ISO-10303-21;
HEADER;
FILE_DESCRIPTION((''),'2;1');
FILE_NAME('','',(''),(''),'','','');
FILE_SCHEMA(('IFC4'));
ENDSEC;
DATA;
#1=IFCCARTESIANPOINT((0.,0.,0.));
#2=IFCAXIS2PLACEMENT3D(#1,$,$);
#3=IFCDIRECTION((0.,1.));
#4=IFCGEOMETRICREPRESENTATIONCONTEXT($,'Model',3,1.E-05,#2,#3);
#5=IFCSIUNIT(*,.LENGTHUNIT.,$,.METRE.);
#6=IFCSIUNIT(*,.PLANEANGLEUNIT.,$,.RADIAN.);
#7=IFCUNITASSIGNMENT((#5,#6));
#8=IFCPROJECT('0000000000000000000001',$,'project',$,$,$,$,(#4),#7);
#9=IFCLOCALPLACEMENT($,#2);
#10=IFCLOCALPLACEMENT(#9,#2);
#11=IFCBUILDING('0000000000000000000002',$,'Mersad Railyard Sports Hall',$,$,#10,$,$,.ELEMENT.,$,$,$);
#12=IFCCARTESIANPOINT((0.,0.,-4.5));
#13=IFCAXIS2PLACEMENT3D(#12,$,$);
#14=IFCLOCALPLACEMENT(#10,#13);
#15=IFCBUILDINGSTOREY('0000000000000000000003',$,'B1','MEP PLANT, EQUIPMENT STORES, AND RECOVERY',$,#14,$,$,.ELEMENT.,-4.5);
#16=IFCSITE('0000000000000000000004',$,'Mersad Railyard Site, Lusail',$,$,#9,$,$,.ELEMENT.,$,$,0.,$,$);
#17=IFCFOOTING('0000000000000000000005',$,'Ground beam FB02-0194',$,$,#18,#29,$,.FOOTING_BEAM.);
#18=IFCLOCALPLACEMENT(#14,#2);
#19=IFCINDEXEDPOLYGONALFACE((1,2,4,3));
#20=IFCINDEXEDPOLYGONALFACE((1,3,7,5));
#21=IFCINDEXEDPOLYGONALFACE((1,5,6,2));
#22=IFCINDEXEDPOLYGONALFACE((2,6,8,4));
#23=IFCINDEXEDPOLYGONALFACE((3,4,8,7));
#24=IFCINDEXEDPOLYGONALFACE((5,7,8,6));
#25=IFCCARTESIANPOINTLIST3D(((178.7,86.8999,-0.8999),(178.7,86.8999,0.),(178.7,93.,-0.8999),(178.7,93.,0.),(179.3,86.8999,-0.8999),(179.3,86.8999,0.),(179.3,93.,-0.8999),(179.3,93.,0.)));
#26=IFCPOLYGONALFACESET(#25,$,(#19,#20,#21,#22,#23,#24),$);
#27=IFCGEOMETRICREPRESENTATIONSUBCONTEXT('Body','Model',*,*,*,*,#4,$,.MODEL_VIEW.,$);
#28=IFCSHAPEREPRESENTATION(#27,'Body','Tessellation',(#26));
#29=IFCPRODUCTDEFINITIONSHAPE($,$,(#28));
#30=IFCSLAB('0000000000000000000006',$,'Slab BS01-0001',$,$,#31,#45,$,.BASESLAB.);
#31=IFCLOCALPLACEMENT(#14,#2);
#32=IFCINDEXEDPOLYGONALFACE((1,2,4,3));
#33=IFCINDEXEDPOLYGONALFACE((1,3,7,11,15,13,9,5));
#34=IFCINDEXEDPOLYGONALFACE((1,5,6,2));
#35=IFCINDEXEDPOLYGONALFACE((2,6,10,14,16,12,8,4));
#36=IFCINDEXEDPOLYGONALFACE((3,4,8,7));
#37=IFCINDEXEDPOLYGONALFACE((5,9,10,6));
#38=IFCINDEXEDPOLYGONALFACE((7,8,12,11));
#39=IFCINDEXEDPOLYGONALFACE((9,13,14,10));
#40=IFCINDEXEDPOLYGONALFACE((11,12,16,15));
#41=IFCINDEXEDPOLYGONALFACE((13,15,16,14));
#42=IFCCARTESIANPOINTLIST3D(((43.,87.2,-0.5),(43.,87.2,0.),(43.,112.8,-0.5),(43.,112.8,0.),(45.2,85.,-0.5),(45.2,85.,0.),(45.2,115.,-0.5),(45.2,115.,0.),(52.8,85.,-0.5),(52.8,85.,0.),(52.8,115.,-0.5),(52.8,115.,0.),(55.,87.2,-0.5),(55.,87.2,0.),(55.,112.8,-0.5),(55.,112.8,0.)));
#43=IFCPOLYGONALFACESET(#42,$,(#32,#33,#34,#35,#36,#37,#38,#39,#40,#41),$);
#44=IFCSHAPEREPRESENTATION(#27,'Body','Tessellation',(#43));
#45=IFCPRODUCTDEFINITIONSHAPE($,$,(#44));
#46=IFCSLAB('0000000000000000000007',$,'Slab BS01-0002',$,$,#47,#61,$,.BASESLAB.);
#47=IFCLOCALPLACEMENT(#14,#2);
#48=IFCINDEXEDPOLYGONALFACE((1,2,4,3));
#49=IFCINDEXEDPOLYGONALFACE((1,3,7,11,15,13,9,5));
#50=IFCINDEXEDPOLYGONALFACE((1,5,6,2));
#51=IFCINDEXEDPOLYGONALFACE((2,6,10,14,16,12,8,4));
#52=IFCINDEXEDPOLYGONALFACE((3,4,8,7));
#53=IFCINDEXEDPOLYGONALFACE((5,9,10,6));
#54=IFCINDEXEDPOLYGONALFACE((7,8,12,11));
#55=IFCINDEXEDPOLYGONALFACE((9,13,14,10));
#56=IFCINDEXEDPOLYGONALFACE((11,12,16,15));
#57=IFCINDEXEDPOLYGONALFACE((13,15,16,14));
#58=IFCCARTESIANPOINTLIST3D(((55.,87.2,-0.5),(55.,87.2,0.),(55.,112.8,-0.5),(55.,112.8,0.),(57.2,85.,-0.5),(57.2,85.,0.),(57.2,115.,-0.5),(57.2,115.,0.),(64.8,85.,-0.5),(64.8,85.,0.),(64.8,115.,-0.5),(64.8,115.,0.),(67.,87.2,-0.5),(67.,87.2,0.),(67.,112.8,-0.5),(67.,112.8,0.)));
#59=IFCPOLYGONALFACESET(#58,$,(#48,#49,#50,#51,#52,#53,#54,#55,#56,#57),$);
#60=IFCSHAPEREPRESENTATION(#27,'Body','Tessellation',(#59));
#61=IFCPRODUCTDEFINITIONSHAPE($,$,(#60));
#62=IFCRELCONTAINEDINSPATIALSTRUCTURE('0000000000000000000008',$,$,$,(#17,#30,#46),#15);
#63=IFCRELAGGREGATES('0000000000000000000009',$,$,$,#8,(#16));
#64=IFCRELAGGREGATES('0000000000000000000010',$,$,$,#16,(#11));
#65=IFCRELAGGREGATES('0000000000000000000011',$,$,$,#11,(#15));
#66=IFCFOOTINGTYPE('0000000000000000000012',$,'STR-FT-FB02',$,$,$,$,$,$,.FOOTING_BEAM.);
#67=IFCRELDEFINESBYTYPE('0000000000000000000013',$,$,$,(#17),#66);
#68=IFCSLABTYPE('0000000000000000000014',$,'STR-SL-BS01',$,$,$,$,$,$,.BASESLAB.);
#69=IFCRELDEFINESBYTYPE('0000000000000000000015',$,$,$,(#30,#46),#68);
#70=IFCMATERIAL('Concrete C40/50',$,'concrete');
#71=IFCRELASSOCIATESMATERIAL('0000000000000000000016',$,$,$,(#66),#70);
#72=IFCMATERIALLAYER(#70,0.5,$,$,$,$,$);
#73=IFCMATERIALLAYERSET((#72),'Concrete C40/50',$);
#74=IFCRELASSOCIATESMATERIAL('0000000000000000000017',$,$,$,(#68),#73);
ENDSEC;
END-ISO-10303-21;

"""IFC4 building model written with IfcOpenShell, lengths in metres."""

from ifc_helpers import new_model, si_unit, direction, frame, origin, place, context, subcontext, project, spatial, polyline, outline, extrude, material, layer, layer_set, type_object, element, save


model = new_model("IFC4")

# Units and contexts
model_context = context("Model", 3, precision=1e-05, world=origin(), true_north=direction((0.0, 1.0)))
body_context = subcontext(model_context, "Body", "Model", "MODEL_VIEW")
ifc_project = project(units=[si_unit("LENGTHUNIT", "METRE"), si_unit("PLANEANGLEUNIT", "RADIAN")], contexts=[model_context])

# Site, building, storey
site_placement = place(None, origin())
site = spatial("IfcSite", under=ifc_project, at=site_placement, Name="Mersad Railyard Site, Lusail", CompositionType="ELEMENT", RefElevation=0.0)
building_placement = place(site_placement, origin())
building = spatial("IfcBuilding", under=site, at=building_placement, Name="Mersad Railyard Sports Hall", CompositionType="ELEMENT")
storey_placement = place(building_placement, frame((0.0, 0.0, -4.5)))
storey = spatial("IfcBuildingStorey", under=building, at=storey_placement, Name="B1", Description="MEP PLANT, EQUIPMENT STORES, AND RECOVERY", CompositionType="ELEMENT", Elevation=-4.5)

# Footing
ifc_material = material(Name="Concrete C40/50", Category="concrete")
footing_type_1 = type_object("IfcFootingType", Name="STR-FT-FB02", PredefinedType="FOOTING_BEAM", material=ifc_material)
footing_1_placement = place(storey_placement, frame((0.0, 0.0, -0.8999)))
element("IfcFooting", 1, at=footing_1_placement, inside=storey, type_object=footing_type_1, Name="Ground beam FB02-0194", PredefinedType="FOOTING_BEAM", context=body_context, shape_type="SweptSolid", body=[
    extrude(outline(polyline([(178.7, 86.8999), (179.3, 86.8999), (179.3, 93.0), (178.7, 93.0), (178.7, 86.8999)])), origin(), (0.0, 0.0, 1.0), 0.8999),
])

# Slabs
ifc_layer = layer(ifc_material, 0.5)
ifc_layer_set = layer_set([ifc_layer], Name="Concrete C40/50")
slab_type = type_object("IfcSlabType", Name="STR-SL-BS01", PredefinedType="BASESLAB", material=ifc_layer_set)
slab_1_placement = place(storey_placement, frame((0.0, 0.0, -0.5)))
element("IfcSlab", 2, at=slab_1_placement, inside=storey, type_object=slab_type, Name="Slab BS01-0001", PredefinedType="BASESLAB", context=body_context, shape_type="SweptSolid", body=[
    extrude(outline(polyline([(45.2, 85.0), (52.8, 85.0), (55.0, 87.2), (55.0, 112.8), (52.8, 115.0), (45.2, 115.0), (43.0, 112.8), (43.0, 87.2), (45.2, 85.0)])), origin(), (0.0, 0.0, 1.0), 0.5),
])
slab_2_placement = place(storey_placement, frame((0.0, 0.0, -0.5)))
element("IfcSlab", 3, at=slab_2_placement, inside=storey, type_object=slab_type, Name="Slab BS01-0002", PredefinedType="BASESLAB", context=body_context, shape_type="SweptSolid", body=[
    extrude(outline(polyline([(57.2, 85.0), (64.8, 85.0), (67.0, 87.2), (67.0, 112.8), (64.8, 115.0), (57.2, 115.0), (55.0, 112.8), (55.0, 87.2), (57.2, 85.0)])), origin(), (0.0, 0.0, 1.0), 0.5),
])

save(model, "model.ifc")
